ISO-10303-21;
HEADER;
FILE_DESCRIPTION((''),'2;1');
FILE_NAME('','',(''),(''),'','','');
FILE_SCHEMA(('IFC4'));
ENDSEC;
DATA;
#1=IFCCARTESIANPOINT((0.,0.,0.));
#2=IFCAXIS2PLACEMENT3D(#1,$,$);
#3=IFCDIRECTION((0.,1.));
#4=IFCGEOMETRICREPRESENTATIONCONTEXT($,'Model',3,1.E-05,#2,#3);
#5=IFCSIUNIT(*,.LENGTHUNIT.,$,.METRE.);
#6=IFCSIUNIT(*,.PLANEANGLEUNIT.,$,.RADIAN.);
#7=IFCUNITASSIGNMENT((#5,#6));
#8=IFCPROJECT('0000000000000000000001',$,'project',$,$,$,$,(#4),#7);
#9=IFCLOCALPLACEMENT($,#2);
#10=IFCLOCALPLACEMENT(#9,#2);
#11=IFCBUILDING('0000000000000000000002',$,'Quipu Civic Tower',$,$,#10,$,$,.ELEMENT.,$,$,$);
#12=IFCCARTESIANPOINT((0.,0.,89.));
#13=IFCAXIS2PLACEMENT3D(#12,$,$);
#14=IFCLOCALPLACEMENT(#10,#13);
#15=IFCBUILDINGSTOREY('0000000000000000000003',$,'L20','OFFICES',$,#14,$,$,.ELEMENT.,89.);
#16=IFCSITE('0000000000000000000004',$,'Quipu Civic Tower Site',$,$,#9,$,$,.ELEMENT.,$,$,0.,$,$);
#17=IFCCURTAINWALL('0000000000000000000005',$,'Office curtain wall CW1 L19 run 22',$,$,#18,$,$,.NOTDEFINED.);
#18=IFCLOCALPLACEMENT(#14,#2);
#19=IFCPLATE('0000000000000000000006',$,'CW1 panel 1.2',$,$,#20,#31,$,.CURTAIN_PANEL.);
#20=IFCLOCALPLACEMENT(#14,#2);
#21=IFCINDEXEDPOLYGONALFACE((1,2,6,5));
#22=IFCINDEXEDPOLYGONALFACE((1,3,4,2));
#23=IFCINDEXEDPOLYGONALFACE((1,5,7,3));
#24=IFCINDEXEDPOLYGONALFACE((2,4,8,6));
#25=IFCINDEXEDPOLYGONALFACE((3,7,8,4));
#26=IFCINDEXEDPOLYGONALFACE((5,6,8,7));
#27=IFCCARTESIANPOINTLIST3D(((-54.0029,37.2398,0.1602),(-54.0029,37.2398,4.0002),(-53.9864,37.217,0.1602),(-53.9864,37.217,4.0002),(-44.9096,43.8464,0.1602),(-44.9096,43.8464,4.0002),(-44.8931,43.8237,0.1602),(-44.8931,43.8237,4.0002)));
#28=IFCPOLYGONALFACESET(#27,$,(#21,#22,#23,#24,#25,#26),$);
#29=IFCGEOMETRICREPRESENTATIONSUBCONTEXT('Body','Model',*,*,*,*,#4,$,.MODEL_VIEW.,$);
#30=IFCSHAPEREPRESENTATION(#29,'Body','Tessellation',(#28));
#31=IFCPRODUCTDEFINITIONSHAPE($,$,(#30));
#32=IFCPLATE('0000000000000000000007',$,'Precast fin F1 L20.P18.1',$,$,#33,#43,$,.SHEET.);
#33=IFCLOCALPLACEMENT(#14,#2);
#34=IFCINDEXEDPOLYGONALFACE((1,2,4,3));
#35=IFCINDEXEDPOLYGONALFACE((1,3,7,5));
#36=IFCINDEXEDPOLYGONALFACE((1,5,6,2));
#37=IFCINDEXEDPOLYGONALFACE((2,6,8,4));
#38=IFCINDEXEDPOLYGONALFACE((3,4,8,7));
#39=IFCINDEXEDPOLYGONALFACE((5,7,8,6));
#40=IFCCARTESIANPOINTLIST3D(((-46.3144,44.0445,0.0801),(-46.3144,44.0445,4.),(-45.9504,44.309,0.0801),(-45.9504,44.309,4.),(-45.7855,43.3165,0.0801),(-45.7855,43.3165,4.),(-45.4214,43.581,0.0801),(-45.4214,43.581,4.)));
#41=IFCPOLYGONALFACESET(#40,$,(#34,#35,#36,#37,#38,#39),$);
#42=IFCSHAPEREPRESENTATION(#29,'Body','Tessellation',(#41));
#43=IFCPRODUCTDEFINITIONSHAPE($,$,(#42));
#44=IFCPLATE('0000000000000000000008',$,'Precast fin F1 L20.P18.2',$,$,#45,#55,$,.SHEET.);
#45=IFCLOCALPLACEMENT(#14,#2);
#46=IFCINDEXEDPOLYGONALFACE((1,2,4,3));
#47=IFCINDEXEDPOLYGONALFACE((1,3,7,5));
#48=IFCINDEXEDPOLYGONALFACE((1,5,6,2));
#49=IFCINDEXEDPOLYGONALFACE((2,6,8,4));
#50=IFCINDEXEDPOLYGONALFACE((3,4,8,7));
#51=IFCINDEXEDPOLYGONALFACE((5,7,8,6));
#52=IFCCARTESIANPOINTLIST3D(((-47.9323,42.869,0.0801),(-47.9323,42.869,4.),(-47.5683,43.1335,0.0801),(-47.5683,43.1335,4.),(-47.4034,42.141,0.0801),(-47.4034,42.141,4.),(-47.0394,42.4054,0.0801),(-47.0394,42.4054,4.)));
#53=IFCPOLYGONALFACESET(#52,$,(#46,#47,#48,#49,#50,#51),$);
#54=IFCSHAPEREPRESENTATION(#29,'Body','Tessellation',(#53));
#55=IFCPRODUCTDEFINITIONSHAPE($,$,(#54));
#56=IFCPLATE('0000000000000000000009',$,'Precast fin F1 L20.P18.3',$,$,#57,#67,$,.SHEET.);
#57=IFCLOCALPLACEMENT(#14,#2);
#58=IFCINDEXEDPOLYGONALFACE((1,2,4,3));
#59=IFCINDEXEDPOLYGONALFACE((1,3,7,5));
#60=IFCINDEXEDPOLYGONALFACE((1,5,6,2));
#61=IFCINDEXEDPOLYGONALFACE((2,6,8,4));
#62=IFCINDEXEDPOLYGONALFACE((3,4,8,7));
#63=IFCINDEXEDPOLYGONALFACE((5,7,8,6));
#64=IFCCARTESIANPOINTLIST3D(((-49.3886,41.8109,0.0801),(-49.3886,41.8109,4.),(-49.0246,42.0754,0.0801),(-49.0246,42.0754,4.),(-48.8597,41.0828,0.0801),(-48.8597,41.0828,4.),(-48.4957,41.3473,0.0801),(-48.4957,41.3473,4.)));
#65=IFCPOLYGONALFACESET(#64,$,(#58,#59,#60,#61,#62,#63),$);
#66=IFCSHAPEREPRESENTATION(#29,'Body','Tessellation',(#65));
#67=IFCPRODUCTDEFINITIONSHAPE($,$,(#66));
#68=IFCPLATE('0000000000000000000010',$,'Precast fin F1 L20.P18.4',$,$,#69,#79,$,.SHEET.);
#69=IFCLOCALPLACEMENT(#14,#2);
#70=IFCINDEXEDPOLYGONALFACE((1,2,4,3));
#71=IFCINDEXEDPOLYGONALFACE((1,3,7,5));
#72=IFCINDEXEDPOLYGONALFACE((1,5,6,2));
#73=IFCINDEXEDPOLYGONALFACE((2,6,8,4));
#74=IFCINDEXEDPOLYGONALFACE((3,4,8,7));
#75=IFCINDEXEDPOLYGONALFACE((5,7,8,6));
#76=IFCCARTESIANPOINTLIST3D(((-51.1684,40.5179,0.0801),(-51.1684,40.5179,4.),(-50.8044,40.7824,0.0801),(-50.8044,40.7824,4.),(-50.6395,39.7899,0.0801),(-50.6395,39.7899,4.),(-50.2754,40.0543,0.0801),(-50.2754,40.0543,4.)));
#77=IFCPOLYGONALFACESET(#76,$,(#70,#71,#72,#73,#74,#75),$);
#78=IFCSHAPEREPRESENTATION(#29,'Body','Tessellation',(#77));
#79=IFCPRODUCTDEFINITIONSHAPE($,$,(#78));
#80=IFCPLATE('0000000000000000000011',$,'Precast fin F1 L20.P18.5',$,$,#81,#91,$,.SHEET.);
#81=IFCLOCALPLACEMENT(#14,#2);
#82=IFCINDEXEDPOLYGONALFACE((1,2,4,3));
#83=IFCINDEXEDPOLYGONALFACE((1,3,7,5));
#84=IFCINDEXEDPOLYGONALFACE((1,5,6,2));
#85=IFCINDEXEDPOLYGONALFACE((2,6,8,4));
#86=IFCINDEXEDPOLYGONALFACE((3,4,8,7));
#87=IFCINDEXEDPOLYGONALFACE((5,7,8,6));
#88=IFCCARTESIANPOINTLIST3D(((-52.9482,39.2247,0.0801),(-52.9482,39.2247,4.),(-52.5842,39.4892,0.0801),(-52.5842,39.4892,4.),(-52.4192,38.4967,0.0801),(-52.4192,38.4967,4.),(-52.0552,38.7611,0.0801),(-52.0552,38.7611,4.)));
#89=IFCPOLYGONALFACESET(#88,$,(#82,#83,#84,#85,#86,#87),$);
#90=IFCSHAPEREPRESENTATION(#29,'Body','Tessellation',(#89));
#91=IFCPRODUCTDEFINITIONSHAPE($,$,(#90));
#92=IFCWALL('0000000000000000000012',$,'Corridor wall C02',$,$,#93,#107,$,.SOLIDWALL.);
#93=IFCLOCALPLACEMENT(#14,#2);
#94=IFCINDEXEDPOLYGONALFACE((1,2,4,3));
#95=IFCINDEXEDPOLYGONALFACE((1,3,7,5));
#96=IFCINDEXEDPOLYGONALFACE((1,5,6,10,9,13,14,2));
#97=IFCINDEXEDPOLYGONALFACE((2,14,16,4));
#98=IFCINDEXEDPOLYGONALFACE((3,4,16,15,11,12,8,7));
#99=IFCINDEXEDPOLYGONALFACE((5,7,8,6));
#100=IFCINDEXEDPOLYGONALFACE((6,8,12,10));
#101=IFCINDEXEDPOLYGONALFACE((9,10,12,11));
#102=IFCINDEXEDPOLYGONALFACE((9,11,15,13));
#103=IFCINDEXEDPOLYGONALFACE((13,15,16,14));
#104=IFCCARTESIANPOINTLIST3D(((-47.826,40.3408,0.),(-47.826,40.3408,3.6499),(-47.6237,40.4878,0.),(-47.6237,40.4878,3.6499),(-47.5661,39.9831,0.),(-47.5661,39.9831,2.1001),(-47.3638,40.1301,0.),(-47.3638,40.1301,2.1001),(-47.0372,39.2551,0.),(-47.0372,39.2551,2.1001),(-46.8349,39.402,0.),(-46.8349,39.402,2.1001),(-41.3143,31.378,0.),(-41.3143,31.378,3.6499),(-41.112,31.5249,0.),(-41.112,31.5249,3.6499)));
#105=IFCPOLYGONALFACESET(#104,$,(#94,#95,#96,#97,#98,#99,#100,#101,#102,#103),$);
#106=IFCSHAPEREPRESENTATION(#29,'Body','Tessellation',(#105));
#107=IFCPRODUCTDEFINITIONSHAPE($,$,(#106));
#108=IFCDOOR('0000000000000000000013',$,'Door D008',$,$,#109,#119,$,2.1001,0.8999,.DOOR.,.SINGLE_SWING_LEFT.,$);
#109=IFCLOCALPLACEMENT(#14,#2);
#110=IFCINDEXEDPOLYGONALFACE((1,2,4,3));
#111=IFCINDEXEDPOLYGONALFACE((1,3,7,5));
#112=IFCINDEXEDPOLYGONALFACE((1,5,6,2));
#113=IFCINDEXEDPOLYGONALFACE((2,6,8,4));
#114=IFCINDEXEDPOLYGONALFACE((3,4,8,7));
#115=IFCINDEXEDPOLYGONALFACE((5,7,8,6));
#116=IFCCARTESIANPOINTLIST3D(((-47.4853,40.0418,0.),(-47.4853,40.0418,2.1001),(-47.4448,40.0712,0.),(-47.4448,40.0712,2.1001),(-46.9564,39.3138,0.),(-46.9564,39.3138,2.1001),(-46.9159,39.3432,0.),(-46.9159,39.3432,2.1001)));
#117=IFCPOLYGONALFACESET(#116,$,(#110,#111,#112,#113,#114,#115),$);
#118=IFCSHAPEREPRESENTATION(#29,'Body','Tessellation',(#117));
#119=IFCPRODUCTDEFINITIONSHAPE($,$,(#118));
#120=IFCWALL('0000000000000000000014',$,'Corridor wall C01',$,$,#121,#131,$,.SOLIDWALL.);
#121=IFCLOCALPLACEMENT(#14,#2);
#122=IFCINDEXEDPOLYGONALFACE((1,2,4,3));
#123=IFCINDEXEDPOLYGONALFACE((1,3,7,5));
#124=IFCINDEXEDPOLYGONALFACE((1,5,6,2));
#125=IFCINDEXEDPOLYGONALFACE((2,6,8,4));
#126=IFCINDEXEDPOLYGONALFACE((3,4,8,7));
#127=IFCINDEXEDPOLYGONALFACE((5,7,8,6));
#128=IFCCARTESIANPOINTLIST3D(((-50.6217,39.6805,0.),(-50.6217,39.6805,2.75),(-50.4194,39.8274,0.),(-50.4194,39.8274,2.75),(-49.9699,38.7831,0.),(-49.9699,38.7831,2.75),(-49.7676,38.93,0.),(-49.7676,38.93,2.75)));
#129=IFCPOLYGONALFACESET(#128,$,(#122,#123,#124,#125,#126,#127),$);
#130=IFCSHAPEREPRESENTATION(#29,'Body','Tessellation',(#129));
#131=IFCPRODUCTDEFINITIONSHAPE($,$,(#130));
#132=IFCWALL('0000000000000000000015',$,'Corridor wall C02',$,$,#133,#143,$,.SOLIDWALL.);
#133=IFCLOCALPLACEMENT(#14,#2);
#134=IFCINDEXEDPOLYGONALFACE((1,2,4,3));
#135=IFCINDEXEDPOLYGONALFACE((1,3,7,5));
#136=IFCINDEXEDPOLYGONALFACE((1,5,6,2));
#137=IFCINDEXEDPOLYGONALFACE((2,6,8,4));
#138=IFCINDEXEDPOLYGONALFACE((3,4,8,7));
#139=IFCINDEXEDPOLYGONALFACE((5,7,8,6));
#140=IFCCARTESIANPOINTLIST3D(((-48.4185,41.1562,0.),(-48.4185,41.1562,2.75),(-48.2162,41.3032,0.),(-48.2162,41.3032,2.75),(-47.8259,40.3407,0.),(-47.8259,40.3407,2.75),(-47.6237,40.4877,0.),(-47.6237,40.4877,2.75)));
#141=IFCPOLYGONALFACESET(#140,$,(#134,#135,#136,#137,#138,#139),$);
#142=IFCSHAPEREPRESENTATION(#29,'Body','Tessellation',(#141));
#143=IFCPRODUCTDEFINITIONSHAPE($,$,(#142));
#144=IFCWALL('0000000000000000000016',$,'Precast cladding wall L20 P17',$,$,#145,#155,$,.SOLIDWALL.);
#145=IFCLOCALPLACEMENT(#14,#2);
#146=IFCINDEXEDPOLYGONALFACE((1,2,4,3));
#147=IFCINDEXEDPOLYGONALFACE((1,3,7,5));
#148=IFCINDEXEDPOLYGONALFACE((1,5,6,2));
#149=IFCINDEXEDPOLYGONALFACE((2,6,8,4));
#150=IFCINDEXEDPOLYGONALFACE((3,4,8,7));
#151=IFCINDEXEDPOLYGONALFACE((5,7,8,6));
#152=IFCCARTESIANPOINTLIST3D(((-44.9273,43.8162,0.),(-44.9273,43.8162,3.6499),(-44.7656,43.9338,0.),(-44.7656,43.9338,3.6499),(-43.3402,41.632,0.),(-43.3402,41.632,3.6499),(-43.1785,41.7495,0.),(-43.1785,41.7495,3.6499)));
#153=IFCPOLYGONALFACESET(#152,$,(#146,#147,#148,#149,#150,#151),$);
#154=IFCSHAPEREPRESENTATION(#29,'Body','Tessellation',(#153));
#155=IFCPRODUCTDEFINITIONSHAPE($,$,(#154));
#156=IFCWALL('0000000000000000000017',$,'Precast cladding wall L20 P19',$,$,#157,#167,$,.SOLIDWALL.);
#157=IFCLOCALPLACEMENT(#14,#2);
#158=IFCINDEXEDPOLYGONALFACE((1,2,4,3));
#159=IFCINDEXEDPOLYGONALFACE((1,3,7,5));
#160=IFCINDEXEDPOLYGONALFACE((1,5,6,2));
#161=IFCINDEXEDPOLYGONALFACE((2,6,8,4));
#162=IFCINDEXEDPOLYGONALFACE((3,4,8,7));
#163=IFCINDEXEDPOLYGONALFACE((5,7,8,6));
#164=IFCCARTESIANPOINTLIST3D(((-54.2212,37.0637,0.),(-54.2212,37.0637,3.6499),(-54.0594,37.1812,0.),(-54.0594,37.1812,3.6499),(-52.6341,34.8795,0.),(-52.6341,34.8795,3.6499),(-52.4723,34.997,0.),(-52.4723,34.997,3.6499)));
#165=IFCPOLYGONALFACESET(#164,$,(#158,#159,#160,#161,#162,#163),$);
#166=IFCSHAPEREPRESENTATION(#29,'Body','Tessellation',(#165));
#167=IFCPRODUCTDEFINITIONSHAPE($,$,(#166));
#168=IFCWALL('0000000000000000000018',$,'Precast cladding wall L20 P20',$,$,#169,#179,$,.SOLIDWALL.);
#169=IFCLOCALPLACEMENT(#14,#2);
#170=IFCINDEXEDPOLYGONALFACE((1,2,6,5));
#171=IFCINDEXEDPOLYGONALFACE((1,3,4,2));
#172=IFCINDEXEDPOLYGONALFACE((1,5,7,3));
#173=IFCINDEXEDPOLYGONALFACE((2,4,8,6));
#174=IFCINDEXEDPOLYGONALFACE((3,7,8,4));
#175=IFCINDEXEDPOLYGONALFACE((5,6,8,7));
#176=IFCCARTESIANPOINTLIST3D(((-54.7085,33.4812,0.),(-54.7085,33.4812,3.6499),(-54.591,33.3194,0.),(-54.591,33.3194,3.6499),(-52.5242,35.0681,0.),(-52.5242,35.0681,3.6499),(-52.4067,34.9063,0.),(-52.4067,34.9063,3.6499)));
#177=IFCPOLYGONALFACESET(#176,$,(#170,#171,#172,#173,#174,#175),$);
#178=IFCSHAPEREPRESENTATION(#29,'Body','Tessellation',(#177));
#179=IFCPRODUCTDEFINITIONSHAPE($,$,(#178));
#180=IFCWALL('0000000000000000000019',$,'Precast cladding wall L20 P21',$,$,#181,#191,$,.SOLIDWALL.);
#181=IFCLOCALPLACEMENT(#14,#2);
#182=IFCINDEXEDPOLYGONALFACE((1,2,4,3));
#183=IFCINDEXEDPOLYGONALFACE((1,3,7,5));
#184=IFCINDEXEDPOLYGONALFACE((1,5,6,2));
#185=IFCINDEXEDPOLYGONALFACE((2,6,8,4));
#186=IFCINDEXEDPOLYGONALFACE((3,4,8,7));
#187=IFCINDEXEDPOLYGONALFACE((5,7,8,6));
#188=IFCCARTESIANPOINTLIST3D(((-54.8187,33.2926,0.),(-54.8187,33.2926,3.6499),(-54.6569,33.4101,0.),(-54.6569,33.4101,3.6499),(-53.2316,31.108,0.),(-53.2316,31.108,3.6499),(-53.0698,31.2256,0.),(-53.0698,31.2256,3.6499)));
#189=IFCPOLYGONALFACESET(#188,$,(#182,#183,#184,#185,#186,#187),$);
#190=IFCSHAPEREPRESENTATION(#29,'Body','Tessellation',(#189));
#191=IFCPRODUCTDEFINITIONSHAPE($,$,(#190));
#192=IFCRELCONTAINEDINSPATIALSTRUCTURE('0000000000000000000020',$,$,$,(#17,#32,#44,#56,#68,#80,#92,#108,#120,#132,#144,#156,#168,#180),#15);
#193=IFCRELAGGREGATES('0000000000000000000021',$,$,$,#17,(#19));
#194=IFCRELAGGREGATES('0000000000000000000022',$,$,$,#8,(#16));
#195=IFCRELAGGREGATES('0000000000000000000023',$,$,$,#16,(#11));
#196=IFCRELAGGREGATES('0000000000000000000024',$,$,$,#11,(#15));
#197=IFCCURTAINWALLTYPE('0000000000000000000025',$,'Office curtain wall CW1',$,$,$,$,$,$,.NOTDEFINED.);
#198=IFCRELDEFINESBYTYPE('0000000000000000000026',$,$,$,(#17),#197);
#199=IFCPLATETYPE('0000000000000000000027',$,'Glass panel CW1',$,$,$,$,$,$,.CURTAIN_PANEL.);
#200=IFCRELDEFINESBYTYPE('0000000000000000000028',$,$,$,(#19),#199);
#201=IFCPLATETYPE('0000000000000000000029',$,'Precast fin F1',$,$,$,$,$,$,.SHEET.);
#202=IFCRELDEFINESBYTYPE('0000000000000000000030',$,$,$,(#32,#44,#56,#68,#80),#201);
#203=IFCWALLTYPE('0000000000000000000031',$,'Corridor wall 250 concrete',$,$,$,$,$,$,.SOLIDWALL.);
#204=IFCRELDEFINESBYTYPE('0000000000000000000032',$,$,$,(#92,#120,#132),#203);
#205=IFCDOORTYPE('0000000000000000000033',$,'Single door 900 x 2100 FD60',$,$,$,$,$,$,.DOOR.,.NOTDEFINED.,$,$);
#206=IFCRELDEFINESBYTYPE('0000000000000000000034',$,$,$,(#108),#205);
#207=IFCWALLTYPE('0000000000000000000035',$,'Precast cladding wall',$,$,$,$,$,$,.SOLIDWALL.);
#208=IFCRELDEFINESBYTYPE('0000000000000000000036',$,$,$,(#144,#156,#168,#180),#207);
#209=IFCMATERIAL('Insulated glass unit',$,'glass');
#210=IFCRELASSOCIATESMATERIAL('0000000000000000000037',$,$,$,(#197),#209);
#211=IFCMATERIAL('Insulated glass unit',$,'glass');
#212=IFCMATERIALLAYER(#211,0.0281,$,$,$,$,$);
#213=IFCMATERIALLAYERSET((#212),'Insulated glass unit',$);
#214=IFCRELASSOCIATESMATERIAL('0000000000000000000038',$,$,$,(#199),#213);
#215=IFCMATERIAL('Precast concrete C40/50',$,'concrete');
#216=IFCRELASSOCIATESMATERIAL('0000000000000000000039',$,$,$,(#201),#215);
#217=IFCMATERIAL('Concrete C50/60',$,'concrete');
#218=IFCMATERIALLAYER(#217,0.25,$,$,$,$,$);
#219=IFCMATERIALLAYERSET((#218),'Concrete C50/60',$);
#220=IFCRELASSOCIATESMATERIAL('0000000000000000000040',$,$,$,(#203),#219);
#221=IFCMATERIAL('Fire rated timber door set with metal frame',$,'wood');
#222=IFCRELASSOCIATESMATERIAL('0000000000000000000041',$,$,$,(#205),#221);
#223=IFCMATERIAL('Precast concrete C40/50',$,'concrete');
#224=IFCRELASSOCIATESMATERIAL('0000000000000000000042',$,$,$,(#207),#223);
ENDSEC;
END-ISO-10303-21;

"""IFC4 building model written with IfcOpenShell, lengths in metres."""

from ifc_helpers import new_model, si_unit, direction, frame, frame_2d, origin, origin_2d, place, context, subcontext, project, spatial, rectangle, extrude, material, layer, layer_set, type_object, element, fill, aggregate, save


model = new_model("IFC4")

# Units and contexts
model_context = context("Model", 3, precision=1e-05, world=origin(), true_north=direction((0.0, 1.0)))
body_context = subcontext(model_context, "Body", "Model", "MODEL_VIEW")
ifc_project = project(units=[si_unit("LENGTHUNIT", "METRE"), si_unit("PLANEANGLEUNIT", "RADIAN")], contexts=[model_context])

# Site, building, storey
site_placement = place(None, origin())
site = spatial("IfcSite", under=ifc_project, at=site_placement, Name="Quipu Civic Tower Site", CompositionType="ELEMENT", RefElevation=0.0)
building_placement = place(site_placement, origin())
building = spatial("IfcBuilding", under=site, at=building_placement, Name="Quipu Civic Tower", CompositionType="ELEMENT")
storey_placement = place(building_placement, frame((0.0, 0.0, 89.0)))
storey = spatial("IfcBuildingStorey", under=building, at=storey_placement, Name="L20", Description="OFFICES", CompositionType="ELEMENT", Elevation=89.0)

# Curtain wall
ifc_material_1 = material(Name="Insulated glass unit", Category="glass")
curtain_wall_type = type_object("IfcCurtainWallType", Name="Office curtain wall CW1", PredefinedType="NOTDEFINED", material=ifc_material_1)
curtain_wall_placement = place(storey_placement, origin())
curtain_wall = element("IfcCurtainWall", 1, at=curtain_wall_placement, inside=storey, type_object=curtain_wall_type, Name="Office curtain wall CW1 L19 run 22", PredefinedType="NOTDEFINED")

# Plate
ifc_material_2 = material(Name="Insulated glass unit", Category="glass")
ifc_layer_1 = layer(ifc_material_2, 0.0281)
ifc_layer_set_1 = layer_set([ifc_layer_1], Name="Insulated glass unit")
plate_type_1 = type_object("IfcPlateType", Name="Glass panel CW1", PredefinedType="CURTAIN_PANEL", material=ifc_layer_set_1)
plate_placement = place(storey_placement, frame((-49.448, 40.5317, 0.1602), z_axis=(0.0, 0.0, 1.0), x_axis=(-0.809019, -0.587782, 0.0)))
plate = element("IfcPlate", 2, at=plate_placement, type_object=plate_type_1, Name="CW1 panel 1.2", PredefinedType="CURTAIN_PANEL", context=body_context, shape_type="SweptSolid", body=[
    extrude(rectangle(XDim=11.24, YDim=0.0281, at=origin_2d()), origin(), (0.0, 0.0, 1.0), 3.8401),
])
aggregate(curtain_wall, [plate])

# Plates
ifc_material_3 = material(Name="Precast concrete C40/50", Category="concrete")
plate_type_2 = type_object("IfcPlateType", Name="Precast fin F1", PredefinedType="SHEET", material=ifc_material_3)
for number, where, z_axis, x_axis, name in (
    (3, (-45.8679, 43.8127, 0.0801), (0.0, 0.0, 1.0), (-0.809021, -0.587779, 0.0), "Precast fin F1 L20.P18.1"),
    (4, (-47.4858, 42.6372, 0.0801), (0.0, 0.0, 1.0), (-0.809021, -0.587779, 0.0), "Precast fin F1 L20.P18.2"),
    (5, (-48.9421, 41.5791, 0.0801), (0.0, 0.0, 1.0), (-0.809021, -0.587779, 0.0), "Precast fin F1 L20.P18.3"),
    (6, (-50.7219, 40.2861, 0.0801), (0.0, 0.0, 1.0), (-0.809021, -0.587779, 0.0), "Precast fin F1 L20.P18.4"),
    (7, (-52.5017, 38.9929, 0.0801), (0.0, 0.0, 1.0), (-0.809021, -0.587779, 0.0), "Precast fin F1 L20.P18.5"),
):
    element("IfcPlate", number, at=place(storey_placement, frame(where, z_axis=z_axis, x_axis=x_axis)), inside=storey, type_object=plate_type_2, Name=name, PredefinedType="SHEET", context=body_context, shape_type="SweptSolid", body=[
        extrude(rectangle(XDim=0.45, YDim=0.8999, at=origin_2d()), origin(), (0.0, 0.0, 1.0), 3.9199),
    ])

# Wall, opening, door
ifc_material_4 = material(Name="Concrete C50/60", Category="concrete")
ifc_layer_2 = layer(ifc_material_4, 0.25)
ifc_layer_set_2 = layer_set([ifc_layer_2], Name="Concrete C50/60")
wall_type_1 = type_object("IfcWallType", Name="Corridor wall 250 concrete", PredefinedType="SOLIDWALL", material=ifc_layer_set_2)
wall_1_placement = place(storey_placement, frame((-47.7249, 40.4143, 0.0), z_axis=(0.0, 0.0, 1.0), x_axis=(0.587773, -0.809026, 0.0)))
wall_1 = element("IfcWall", 8, at=wall_1_placement, inside=storey, type_object=wall_type_1, Name="Corridor wall C02", PredefinedType="SOLIDWALL", context=body_context, shape_type="SweptSolid", body=[
    extrude(rectangle(XDim=11.0786, YDim=0.25, at=frame_2d((5.5393, 0.0))), origin(), (0.0, 0.0, 1.0), 3.6499),
])
opening_placement = place(wall_1_placement, frame((0.4421, 0.0, 0.0)))
opening = element("IfcOpeningElement", 9, at=opening_placement, cuts=wall_1, PredefinedType="OPENING", context=body_context, shape_type="SweptSolid", body=[
    extrude(rectangle(XDim=0.8999, YDim=2.1001, at=frame_2d((0.45, 1.05))), frame((0.0, 0.135, 0.0), z_axis=(0.0, -1.0, 0.0), x_axis=(1.0, 0.0, 0.0)), (0.0, 0.0, 1.0), 0.27),
])
ifc_material_5 = material(Name="Fire rated timber door set with metal frame", Category="wood")
door_type = type_object("IfcDoorType", Name="Single door 900 x 2100 FD60", OperationType="NOTDEFINED", PredefinedType="DOOR", material=ifc_material_5)
door_placement = place(opening_placement, origin())
door = element("IfcDoor", 10, at=door_placement, inside=storey, type_object=door_type, Name="Door D008", OperationType="SINGLE_SWING_LEFT", OverallHeight=2.1001, OverallWidth=0.8999, PredefinedType="DOOR", context=body_context, shape_type="SweptSolid", body=[
    extrude(rectangle(XDim=0.8999, YDim=2.1001, at=frame_2d((0.45, 1.05))), frame((0.0, 0.0249, 0.0), z_axis=(0.0, -1.0, 0.0), x_axis=(1.0, 0.0, 0.0)), (0.0, 0.0, 1.0), 0.05),
])
fill(opening, door)

# Walls
wall_2_placement = place(storey_placement, frame((-49.8687, 38.8564, 0.0), z_axis=(0.0, 0.0, 1.0), x_axis=(-0.587674, 0.809098, 0.0)))
element("IfcWall", 11, at=wall_2_placement, inside=storey, type_object=wall_type_1, Name="Corridor wall C01", PredefinedType="SOLIDWALL", context=body_context, shape_type="SweptSolid", body=[
    extrude(rectangle(XDim=1.1091, YDim=0.25, at=frame_2d((0.5547, 0.0))), origin(), (0.0, 0.0, 1.0), 2.75),
])
wall_3_placement = place(storey_placement, frame((-47.7249, 40.4143, 0.0), z_axis=(0.0, 0.0, 1.0), x_axis=(-0.58784, 0.808977, 0.0)))
element("IfcWall", 12, at=wall_3_placement, inside=storey, type_object=wall_type_1, Name="Corridor wall C02", PredefinedType="SOLIDWALL", context=body_context, shape_type="SweptSolid", body=[
    extrude(rectangle(XDim=1.0081, YDim=0.25, at=frame_2d((0.5039, 0.0))), origin(), (0.0, 0.0, 1.0), 2.75),
])
ifc_material_6 = material(Name="Precast concrete C40/50", Category="concrete")
wall_type_2 = type_object("IfcWallType", Name="Precast cladding wall", PredefinedType="SOLIDWALL", material=ifc_material_6)
for number, where, z_axis, x_axis, name in (
    (13, (-43.2593, 41.6907, 0.0), (0.0, 0.0, 1.0), (-0.587822, 0.80899, 0.0), "Precast cladding wall L20 P17"),
    (14, (-54.1404, 37.1226, 0.0), (0.0, 0.0, 1.0), (0.587822, -0.80899, 0.0), "Precast cladding wall L20 P19"),
    (15, (-52.4653, 34.9873, 0.0), (0.0, 0.0, 1.0), (-0.809033, -0.587763, 0.0), "Precast cladding wall L20 P20"),
):
    element("IfcWall", number, at=place(storey_placement, frame(where, z_axis=z_axis, x_axis=x_axis)), inside=storey, type_object=wall_type_2, Name=name, PredefinedType="SOLIDWALL", context=body_context, shape_type="SweptSolid", body=[
        extrude(rectangle(XDim=2.7, YDim=0.2, at=frame_2d((1.3501, 0.0))), origin(), (0.0, 0.0, 1.0), 3.6499),
    ])
wall_4_placement = place(storey_placement, frame((-54.7378, 33.3513, 0.0), z_axis=(0.0, 0.0, 1.0), x_axis=(0.587779, -0.809021, 0.0)))
element("IfcWall", 16, at=wall_4_placement, inside=storey, type_object=wall_type_2, Name="Precast cladding wall L20 P21", PredefinedType="SOLIDWALL", context=body_context, shape_type="SweptSolid", body=[
    extrude(rectangle(XDim=2.7002, YDim=0.2, at=frame_2d((1.3501, 0.0))), origin(), (0.0, 0.0, 1.0), 3.6499),
])

save(model, "model.ifc")
